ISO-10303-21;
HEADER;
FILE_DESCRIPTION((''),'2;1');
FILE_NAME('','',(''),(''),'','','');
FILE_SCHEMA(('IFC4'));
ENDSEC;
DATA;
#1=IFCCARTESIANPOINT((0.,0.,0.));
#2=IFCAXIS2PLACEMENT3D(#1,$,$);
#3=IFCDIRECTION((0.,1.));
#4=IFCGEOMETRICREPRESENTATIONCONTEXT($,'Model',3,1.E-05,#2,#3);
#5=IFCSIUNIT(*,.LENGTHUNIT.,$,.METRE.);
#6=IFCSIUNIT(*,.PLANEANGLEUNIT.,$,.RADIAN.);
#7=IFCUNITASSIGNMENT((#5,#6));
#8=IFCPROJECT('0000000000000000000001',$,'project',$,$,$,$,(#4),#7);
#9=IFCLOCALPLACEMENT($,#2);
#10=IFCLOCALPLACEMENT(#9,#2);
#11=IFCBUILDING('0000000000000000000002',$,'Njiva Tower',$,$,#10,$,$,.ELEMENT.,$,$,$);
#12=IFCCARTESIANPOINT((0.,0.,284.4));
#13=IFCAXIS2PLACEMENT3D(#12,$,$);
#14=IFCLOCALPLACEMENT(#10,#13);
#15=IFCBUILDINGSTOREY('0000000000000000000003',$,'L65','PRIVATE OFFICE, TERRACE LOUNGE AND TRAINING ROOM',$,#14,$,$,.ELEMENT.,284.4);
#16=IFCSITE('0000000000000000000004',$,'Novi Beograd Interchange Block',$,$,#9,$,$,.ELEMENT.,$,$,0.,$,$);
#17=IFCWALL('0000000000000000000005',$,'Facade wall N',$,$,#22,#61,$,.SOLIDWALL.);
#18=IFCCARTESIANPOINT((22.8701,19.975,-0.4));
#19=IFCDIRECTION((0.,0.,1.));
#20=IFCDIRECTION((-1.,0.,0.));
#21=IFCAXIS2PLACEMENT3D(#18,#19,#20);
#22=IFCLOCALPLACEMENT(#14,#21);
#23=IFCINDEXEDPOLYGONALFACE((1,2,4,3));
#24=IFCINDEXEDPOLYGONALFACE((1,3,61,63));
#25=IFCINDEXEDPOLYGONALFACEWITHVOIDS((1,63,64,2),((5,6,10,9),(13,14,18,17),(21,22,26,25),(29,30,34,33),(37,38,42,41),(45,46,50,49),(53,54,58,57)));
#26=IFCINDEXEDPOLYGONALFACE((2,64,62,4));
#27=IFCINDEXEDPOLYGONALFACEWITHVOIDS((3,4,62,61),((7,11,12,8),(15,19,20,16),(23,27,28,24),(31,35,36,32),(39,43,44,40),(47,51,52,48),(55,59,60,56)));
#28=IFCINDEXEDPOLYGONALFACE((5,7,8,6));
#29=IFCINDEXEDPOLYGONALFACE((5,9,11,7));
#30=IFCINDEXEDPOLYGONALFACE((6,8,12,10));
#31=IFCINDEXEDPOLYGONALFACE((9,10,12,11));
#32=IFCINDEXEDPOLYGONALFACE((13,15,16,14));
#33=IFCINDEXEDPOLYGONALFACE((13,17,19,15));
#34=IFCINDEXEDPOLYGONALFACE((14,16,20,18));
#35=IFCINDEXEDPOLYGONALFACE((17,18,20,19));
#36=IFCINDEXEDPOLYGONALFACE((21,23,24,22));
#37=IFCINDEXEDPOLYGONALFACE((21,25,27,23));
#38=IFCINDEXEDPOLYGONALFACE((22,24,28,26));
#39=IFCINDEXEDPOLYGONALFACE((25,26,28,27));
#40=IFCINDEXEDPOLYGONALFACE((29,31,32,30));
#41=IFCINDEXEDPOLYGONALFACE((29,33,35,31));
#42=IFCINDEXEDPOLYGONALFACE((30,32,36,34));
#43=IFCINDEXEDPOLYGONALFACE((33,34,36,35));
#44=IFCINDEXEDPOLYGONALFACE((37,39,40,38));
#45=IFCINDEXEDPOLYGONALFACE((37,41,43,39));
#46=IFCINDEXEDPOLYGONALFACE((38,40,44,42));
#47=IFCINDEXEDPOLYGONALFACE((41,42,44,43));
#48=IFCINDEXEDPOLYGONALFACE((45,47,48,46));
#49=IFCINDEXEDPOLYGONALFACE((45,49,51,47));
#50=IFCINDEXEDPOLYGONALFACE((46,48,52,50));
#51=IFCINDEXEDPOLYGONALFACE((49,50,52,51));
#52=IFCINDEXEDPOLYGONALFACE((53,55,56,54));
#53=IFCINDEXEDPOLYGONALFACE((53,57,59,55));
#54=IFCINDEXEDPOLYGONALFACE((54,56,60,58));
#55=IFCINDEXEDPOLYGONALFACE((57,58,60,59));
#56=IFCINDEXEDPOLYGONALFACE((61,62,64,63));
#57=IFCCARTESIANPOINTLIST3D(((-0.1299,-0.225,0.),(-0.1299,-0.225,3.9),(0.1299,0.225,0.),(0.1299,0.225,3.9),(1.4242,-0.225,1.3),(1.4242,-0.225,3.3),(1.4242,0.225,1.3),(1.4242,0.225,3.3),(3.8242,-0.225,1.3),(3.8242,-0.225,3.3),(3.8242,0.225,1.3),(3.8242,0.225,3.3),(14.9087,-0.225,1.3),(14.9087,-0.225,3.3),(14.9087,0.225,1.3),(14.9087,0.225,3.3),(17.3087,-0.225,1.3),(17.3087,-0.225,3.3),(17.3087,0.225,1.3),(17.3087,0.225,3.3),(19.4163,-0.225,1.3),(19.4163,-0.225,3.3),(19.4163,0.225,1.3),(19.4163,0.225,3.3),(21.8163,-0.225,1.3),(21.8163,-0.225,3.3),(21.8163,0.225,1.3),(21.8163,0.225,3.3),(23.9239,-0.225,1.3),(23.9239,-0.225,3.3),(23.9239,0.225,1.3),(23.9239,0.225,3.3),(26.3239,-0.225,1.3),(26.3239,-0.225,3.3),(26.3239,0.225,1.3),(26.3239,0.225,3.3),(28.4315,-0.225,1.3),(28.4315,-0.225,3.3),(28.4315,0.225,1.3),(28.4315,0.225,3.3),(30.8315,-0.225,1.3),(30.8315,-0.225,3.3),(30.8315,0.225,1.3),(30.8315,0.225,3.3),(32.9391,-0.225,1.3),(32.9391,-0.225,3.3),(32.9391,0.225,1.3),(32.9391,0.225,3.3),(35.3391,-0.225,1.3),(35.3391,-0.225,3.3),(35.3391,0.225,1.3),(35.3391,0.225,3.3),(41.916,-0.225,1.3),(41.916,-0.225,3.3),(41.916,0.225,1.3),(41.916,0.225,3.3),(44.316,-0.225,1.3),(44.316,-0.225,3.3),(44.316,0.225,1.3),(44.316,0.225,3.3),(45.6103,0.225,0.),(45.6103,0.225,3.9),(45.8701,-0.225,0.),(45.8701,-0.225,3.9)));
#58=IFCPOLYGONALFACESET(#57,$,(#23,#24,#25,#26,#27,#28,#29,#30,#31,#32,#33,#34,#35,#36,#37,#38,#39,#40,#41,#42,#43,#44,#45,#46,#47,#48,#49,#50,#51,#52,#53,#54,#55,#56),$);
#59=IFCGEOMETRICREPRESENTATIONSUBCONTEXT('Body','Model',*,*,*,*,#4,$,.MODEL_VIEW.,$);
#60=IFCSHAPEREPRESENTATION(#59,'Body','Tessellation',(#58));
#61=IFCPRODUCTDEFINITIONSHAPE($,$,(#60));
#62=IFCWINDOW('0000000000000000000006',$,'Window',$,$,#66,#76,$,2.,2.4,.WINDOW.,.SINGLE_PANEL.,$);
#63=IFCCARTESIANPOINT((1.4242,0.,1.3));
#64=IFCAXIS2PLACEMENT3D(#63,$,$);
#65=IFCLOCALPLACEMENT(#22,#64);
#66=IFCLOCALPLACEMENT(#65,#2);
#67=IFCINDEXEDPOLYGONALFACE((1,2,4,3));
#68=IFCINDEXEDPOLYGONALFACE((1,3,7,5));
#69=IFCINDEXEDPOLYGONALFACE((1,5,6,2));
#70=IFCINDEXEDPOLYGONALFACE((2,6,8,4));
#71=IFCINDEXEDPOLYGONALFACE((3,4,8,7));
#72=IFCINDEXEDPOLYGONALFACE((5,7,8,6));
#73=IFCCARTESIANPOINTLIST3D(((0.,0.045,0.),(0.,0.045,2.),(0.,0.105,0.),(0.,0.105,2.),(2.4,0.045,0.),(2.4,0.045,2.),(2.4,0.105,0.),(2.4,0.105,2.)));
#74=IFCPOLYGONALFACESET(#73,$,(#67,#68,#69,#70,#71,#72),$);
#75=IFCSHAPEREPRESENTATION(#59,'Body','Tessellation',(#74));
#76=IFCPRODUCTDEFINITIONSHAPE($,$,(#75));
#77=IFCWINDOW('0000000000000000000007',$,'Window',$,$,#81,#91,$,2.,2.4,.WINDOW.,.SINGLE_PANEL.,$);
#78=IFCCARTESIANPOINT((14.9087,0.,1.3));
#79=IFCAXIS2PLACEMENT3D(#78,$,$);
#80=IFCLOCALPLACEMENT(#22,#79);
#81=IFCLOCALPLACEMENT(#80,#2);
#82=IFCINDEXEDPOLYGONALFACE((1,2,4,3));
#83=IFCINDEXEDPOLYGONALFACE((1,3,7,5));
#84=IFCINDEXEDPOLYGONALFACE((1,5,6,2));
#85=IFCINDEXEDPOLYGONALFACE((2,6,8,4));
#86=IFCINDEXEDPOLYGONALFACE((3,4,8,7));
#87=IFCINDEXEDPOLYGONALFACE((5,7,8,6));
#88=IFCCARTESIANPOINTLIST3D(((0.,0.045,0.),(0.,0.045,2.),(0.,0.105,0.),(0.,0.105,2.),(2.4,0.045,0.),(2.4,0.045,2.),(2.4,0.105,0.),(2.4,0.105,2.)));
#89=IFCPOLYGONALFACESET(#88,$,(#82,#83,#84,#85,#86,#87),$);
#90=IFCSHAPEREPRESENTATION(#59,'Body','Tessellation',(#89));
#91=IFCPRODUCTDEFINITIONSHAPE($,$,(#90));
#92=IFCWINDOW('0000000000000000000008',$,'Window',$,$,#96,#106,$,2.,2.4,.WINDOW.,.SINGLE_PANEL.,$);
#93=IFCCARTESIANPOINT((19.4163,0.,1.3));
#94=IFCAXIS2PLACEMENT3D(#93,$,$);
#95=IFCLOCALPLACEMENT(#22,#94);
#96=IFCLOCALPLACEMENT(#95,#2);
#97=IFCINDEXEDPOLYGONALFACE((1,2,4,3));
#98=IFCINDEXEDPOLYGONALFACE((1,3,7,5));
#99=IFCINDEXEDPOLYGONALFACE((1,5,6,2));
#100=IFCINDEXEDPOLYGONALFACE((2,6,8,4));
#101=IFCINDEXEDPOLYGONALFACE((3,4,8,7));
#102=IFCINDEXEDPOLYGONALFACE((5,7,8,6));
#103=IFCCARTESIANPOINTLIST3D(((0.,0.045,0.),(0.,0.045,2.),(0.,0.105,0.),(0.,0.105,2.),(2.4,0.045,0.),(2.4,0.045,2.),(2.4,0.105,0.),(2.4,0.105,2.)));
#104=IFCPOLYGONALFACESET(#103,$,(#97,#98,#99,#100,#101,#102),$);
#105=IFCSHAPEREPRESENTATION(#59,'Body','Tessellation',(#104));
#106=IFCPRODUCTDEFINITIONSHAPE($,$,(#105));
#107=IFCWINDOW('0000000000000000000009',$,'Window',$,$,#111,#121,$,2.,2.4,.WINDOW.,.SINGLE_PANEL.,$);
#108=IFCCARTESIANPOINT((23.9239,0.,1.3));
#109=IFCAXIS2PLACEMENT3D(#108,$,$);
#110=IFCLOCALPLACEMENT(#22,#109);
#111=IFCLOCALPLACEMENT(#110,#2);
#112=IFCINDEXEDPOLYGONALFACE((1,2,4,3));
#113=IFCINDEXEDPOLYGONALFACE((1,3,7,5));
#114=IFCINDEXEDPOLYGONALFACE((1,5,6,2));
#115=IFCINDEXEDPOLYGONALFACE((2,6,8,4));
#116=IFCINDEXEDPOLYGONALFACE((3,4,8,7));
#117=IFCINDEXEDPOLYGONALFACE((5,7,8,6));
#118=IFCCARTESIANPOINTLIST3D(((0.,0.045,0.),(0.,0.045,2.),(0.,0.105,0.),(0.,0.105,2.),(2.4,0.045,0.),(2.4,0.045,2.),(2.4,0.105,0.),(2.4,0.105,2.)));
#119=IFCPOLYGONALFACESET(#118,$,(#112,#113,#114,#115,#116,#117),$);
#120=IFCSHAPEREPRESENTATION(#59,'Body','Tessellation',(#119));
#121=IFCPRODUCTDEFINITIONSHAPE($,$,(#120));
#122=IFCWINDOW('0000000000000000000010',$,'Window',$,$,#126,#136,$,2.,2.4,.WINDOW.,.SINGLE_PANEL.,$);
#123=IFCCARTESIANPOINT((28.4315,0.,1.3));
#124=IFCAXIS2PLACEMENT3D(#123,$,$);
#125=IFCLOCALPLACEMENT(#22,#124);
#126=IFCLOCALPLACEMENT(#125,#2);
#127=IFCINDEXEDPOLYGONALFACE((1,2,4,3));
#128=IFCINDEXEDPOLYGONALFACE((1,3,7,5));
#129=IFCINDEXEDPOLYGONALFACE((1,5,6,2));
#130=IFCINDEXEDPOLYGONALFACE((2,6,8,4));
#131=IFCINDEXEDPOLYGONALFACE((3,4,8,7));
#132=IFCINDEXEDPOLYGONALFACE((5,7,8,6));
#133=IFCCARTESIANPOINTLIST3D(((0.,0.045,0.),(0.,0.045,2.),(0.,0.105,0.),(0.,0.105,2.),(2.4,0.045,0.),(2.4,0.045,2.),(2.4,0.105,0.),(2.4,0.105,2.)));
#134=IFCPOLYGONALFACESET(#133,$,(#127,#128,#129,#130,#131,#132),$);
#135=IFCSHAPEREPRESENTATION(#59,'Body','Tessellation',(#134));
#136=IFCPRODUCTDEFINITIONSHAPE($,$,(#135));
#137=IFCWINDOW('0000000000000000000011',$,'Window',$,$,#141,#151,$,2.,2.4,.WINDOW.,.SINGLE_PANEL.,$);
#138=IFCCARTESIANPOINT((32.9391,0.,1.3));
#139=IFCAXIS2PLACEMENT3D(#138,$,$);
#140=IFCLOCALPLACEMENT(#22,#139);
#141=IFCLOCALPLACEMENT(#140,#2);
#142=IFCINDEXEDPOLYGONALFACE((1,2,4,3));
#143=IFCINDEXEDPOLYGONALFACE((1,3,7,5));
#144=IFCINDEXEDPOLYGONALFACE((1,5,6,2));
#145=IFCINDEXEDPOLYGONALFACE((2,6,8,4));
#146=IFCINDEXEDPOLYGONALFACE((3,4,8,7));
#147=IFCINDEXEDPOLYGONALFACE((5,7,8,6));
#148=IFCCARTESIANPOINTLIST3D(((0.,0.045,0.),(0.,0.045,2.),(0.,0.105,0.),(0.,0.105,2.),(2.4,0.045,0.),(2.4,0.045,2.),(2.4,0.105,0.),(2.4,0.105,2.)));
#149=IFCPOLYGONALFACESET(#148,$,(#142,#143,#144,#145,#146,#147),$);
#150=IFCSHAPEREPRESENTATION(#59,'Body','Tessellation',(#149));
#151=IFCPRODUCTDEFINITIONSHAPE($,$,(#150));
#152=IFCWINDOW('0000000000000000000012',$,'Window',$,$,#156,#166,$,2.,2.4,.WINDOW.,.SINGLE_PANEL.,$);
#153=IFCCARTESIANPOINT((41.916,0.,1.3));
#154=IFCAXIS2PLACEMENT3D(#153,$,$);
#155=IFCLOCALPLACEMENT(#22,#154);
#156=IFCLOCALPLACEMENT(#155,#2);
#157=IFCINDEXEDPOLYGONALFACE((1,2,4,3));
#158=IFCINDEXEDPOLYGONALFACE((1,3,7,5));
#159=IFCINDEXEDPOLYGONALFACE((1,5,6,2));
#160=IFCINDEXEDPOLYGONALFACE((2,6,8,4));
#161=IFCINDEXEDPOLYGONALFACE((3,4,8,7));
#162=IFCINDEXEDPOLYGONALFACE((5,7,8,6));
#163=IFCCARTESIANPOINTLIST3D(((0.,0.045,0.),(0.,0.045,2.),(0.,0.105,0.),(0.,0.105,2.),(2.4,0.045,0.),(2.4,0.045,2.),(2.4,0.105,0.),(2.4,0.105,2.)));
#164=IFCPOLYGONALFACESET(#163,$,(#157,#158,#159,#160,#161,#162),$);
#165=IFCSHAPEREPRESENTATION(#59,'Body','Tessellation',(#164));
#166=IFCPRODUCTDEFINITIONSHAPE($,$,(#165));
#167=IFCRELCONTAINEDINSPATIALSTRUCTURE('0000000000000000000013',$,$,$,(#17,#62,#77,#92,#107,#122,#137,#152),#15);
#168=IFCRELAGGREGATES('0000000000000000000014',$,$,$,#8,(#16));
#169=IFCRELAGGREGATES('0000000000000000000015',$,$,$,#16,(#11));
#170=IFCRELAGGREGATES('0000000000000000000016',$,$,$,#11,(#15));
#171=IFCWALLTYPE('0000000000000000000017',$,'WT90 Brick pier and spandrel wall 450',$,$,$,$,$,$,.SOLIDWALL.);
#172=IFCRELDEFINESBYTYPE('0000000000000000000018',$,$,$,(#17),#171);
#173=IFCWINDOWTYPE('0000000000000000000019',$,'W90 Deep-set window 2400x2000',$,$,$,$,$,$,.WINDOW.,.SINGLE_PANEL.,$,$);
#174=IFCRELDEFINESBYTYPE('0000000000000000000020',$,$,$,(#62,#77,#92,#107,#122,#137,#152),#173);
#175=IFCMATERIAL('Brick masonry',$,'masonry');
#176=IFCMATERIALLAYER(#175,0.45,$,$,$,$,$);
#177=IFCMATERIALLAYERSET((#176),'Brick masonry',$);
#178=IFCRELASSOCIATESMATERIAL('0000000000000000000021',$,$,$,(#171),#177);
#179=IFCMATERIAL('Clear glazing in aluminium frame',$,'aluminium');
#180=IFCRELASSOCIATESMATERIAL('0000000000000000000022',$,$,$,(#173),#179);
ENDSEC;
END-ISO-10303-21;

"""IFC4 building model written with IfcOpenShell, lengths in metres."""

from ifc_helpers import new_model, si_unit, direction, frame, frame_2d, origin, place, context, subcontext, project, spatial, polyline, rectangle, outline, extrude, material, layer, layer_set, type_object, element, fill, save


model = new_model("IFC4")

# Units and contexts
model_context = context("Model", 3, precision=1e-05, world=origin(), true_north=direction((0.0, 1.0)))
body_context = subcontext(model_context, "Body", "Model", "MODEL_VIEW")
ifc_project = project(units=[si_unit("LENGTHUNIT", "METRE"), si_unit("PLANEANGLEUNIT", "RADIAN")], contexts=[model_context])

# Site, building, storey
site_placement = place(None, origin())
site = spatial("IfcSite", under=ifc_project, at=site_placement, Name="Novi Beograd Interchange Block", CompositionType="ELEMENT", RefElevation=0.0)
building_placement = place(site_placement, origin())
building = spatial("IfcBuilding", under=site, at=building_placement, Name="Njiva Tower", CompositionType="ELEMENT")
storey_placement = place(building_placement, frame((0.0, 0.0, 284.4)))
storey = spatial("IfcBuildingStorey", under=building, at=storey_placement, Name="L65", Description="PRIVATE OFFICE, TERRACE LOUNGE AND TRAINING ROOM", CompositionType="ELEMENT", Elevation=284.4)

# Wall, openings, windows
ifc_material_1 = material(Name="Brick masonry", Category="masonry")
ifc_layer_1 = layer(ifc_material_1, 0.45)
ifc_layer_set_1 = layer_set([ifc_layer_1], Name="Brick masonry")
wall_type_1 = type_object("IfcWallType", Name="WT90 Brick pier and spandrel wall 450", PredefinedType="SOLIDWALL", material=ifc_layer_set_1)
wall_1_placement = place(storey_placement, frame((22.8701, 19.975, -0.4), z_axis=(0.0, 0.0, 1.0), x_axis=(-1.0, 0.0, 0.0)))
wall_1 = element("IfcWall", 1, at=wall_1_placement, inside=storey, type_object=wall_type_1, Name="Facade wall N", PredefinedType="SOLIDWALL", context=body_context, shape_type="SweptSolid", body=[
    extrude(outline(polyline([(-0.1299, -0.225), (45.8701, -0.225), (45.6103, 0.225), (0.1299, 0.225), (-0.1299, -0.225)])), origin(), (0.0, 0.0, 1.0), 3.9),
])
opening_1_placement = place(wall_1_placement, frame((1.4242, 0.0, 1.3)))
opening_1 = element("IfcOpeningElement", 2, at=opening_1_placement, cuts=wall_1, PredefinedType="OPENING", context=body_context, shape_type="SweptSolid", body=[
    extrude(rectangle(XDim=2.4, YDim=2.0, at=frame_2d((1.2, 1.0))), frame((0.0, 0.235, 0.0), z_axis=(0.0, -1.0, 0.0), x_axis=(1.0, 0.0, 0.0)), (0.0, 0.0, 1.0), 0.47),
])
opening_2_placement = place(wall_1_placement, frame((14.9087, 0.0, 1.3)))
opening_2 = element("IfcOpeningElement", 3, at=opening_2_placement, cuts=wall_1, PredefinedType="OPENING", context=body_context, shape_type="SweptSolid", body=[
    extrude(rectangle(XDim=2.4, YDim=2.0, at=frame_2d((1.2, 1.0))), frame((0.0, 0.235, 0.0), z_axis=(0.0, -1.0, 0.0), x_axis=(1.0, 0.0, 0.0)), (0.0, 0.0, 1.0), 0.47),
])
opening_3_placement = place(wall_1_placement, frame((19.4163, 0.0, 1.3)))
opening_3 = element("IfcOpeningElement", 4, at=opening_3_placement, cuts=wall_1, PredefinedType="OPENING", context=body_context, shape_type="SweptSolid", body=[
    extrude(rectangle(XDim=2.4, YDim=2.0, at=frame_2d((1.2, 1.0))), frame((0.0, 0.235, 0.0), z_axis=(0.0, -1.0, 0.0), x_axis=(1.0, 0.0, 0.0)), (0.0, 0.0, 1.0), 0.47),
])
opening_4_placement = place(wall_1_placement, frame((23.9239, 0.0, 1.3)))
opening_4 = element("IfcOpeningElement", 5, at=opening_4_placement, cuts=wall_1, PredefinedType="OPENING", context=body_context, shape_type="SweptSolid", body=[
    extrude(rectangle(XDim=2.4, YDim=2.0, at=frame_2d((1.2, 1.0))), frame((0.0, 0.235, 0.0), z_axis=(0.0, -1.0, 0.0), x_axis=(1.0, 0.0, 0.0)), (0.0, 0.0, 1.0), 0.47),
])
opening_5_placement = place(wall_1_placement, frame((28.4315, 0.0, 1.3)))
opening_5 = element("IfcOpeningElement", 6, at=opening_5_placement, cuts=wall_1, PredefinedType="OPENING", context=body_context, shape_type="SweptSolid", body=[
    extrude(rectangle(XDim=2.4, YDim=2.0, at=frame_2d((1.2, 1.0))), frame((0.0, 0.235, 0.0), z_axis=(0.0, -1.0, 0.0), x_axis=(1.0, 0.0, 0.0)), (0.0, 0.0, 1.0), 0.47),
])
opening_6_placement = place(wall_1_placement, frame((32.9391, 0.0, 1.3)))
opening_6 = element("IfcOpeningElement", 7, at=opening_6_placement, cuts=wall_1, PredefinedType="OPENING", context=body_context, shape_type="SweptSolid", body=[
    extrude(rectangle(XDim=2.4, YDim=2.0, at=frame_2d((1.2, 1.0))), frame((0.0, 0.235, 0.0), z_axis=(0.0, -1.0, 0.0), x_axis=(1.0, 0.0, 0.0)), (0.0, 0.0, 1.0), 0.47),
])
opening_7_placement = place(wall_1_placement, frame((41.916, 0.0, 1.3)))
opening_7 = element("IfcOpeningElement", 8, at=opening_7_placement, cuts=wall_1, PredefinedType="OPENING", context=body_context, shape_type="SweptSolid", body=[
    extrude(rectangle(XDim=2.4, YDim=2.0, at=frame_2d((1.2, 1.0))), frame((0.0, 0.235, 0.0), z_axis=(0.0, -1.0, 0.0), x_axis=(1.0, 0.0, 0.0)), (0.0, 0.0, 1.0), 0.47),
])
ifc_material_2 = material(Name="Clear glazing in aluminium frame", Category="aluminium")
window_type_1 = type_object("IfcWindowType", Name="W90 Deep-set window 2400x2000", PartitioningType="SINGLE_PANEL", PredefinedType="WINDOW", material=ifc_material_2)
window_1_placement = place(opening_1_placement, origin())
window_1 = element("IfcWindow", 9, at=window_1_placement, inside=storey, type_object=window_type_1, Name="Window", OverallHeight=2.0, OverallWidth=2.4, PartitioningType="SINGLE_PANEL", PredefinedType="WINDOW", context=body_context, shape_type="SweptSolid", body=[
    extrude(rectangle(XDim=2.4, YDim=2.0, at=frame_2d((1.2, 1.0))), frame((0.0, 0.105, 0.0), z_axis=(0.0, -1.0, 0.0), x_axis=(1.0, 0.0, 0.0)), (0.0, 0.0, 1.0), 0.06),
])
fill(opening_1, window_1)
window_2_placement = place(opening_2_placement, origin())
window_2 = element("IfcWindow", 10, at=window_2_placement, inside=storey, type_object=window_type_1, Name="Window", OverallHeight=2.0, OverallWidth=2.4, PartitioningType="SINGLE_PANEL", PredefinedType="WINDOW", context=body_context, shape_type="SweptSolid", body=[
    extrude(rectangle(XDim=2.4, YDim=2.0, at=frame_2d((1.2, 1.0))), frame((0.0, 0.105, 0.0), z_axis=(0.0, -1.0, 0.0), x_axis=(1.0, 0.0, 0.0)), (0.0, 0.0, 1.0), 0.06),
])
fill(opening_2, window_2)
window_3_placement = place(opening_3_placement, origin())
window_3 = element("IfcWindow", 11, at=window_3_placement, inside=storey, type_object=window_type_1, Name="Window", OverallHeight=2.0, OverallWidth=2.4, PartitioningType="SINGLE_PANEL", PredefinedType="WINDOW", context=body_context, shape_type="SweptSolid", body=[
    extrude(rectangle(XDim=2.4, YDim=2.0, at=frame_2d((1.2, 1.0))), frame((0.0, 0.105, 0.0), z_axis=(0.0, -1.0, 0.0), x_axis=(1.0, 0.0, 0.0)), (0.0, 0.0, 1.0), 0.06),
])
fill(opening_3, window_3)
window_4_placement = place(opening_4_placement, origin())
window_4 = element("IfcWindow", 12, at=window_4_placement, inside=storey, type_object=window_type_1, Name="Window", OverallHeight=2.0, OverallWidth=2.4, PartitioningType="SINGLE_PANEL", PredefinedType="WINDOW", context=body_context, shape_type="SweptSolid", body=[
    extrude(rectangle(XDim=2.4, YDim=2.0, at=frame_2d((1.2, 1.0))), frame((0.0, 0.105, 0.0), z_axis=(0.0, -1.0, 0.0), x_axis=(1.0, 0.0, 0.0)), (0.0, 0.0, 1.0), 0.06),
])
fill(opening_4, window_4)
window_5_placement = place(opening_5_placement, origin())
window_5 = element("IfcWindow", 13, at=window_5_placement, inside=storey, type_object=window_type_1, Name="Window", OverallHeight=2.0, OverallWidth=2.4, PartitioningType="SINGLE_PANEL", PredefinedType="WINDOW", context=body_context, shape_type="SweptSolid", body=[
    extrude(rectangle(XDim=2.4, YDim=2.0, at=frame_2d((1.2, 1.0))), frame((0.0, 0.105, 0.0), z_axis=(0.0, -1.0, 0.0), x_axis=(1.0, 0.0, 0.0)), (0.0, 0.0, 1.0), 0.06),
])
fill(opening_5, window_5)
window_6_placement = place(opening_6_placement, origin())
window_6 = element("IfcWindow", 14, at=window_6_placement, inside=storey, type_object=window_type_1, Name="Window", OverallHeight=2.0, OverallWidth=2.4, PartitioningType="SINGLE_PANEL", PredefinedType="WINDOW", context=body_context, shape_type="SweptSolid", body=[
    extrude(rectangle(XDim=2.4, YDim=2.0, at=frame_2d((1.2, 1.0))), frame((0.0, 0.105, 0.0), z_axis=(0.0, -1.0, 0.0), x_axis=(1.0, 0.0, 0.0)), (0.0, 0.0, 1.0), 0.06),
])
fill(opening_6, window_6)
window_7_placement = place(opening_7_placement, origin())
window_7 = element("IfcWindow", 15, at=window_7_placement, inside=storey, type_object=window_type_1, Name="Window", OverallHeight=2.0, OverallWidth=2.4, PartitioningType="SINGLE_PANEL", PredefinedType="WINDOW", context=body_context, shape_type="SweptSolid", body=[
    extrude(rectangle(XDim=2.4, YDim=2.0, at=frame_2d((1.2, 1.0))), frame((0.0, 0.105, 0.0), z_axis=(0.0, -1.0, 0.0), x_axis=(1.0, 0.0, 0.0)), (0.0, 0.0, 1.0), 0.06),
])
fill(opening_7, window_7)

save(model, "model.ifc")
